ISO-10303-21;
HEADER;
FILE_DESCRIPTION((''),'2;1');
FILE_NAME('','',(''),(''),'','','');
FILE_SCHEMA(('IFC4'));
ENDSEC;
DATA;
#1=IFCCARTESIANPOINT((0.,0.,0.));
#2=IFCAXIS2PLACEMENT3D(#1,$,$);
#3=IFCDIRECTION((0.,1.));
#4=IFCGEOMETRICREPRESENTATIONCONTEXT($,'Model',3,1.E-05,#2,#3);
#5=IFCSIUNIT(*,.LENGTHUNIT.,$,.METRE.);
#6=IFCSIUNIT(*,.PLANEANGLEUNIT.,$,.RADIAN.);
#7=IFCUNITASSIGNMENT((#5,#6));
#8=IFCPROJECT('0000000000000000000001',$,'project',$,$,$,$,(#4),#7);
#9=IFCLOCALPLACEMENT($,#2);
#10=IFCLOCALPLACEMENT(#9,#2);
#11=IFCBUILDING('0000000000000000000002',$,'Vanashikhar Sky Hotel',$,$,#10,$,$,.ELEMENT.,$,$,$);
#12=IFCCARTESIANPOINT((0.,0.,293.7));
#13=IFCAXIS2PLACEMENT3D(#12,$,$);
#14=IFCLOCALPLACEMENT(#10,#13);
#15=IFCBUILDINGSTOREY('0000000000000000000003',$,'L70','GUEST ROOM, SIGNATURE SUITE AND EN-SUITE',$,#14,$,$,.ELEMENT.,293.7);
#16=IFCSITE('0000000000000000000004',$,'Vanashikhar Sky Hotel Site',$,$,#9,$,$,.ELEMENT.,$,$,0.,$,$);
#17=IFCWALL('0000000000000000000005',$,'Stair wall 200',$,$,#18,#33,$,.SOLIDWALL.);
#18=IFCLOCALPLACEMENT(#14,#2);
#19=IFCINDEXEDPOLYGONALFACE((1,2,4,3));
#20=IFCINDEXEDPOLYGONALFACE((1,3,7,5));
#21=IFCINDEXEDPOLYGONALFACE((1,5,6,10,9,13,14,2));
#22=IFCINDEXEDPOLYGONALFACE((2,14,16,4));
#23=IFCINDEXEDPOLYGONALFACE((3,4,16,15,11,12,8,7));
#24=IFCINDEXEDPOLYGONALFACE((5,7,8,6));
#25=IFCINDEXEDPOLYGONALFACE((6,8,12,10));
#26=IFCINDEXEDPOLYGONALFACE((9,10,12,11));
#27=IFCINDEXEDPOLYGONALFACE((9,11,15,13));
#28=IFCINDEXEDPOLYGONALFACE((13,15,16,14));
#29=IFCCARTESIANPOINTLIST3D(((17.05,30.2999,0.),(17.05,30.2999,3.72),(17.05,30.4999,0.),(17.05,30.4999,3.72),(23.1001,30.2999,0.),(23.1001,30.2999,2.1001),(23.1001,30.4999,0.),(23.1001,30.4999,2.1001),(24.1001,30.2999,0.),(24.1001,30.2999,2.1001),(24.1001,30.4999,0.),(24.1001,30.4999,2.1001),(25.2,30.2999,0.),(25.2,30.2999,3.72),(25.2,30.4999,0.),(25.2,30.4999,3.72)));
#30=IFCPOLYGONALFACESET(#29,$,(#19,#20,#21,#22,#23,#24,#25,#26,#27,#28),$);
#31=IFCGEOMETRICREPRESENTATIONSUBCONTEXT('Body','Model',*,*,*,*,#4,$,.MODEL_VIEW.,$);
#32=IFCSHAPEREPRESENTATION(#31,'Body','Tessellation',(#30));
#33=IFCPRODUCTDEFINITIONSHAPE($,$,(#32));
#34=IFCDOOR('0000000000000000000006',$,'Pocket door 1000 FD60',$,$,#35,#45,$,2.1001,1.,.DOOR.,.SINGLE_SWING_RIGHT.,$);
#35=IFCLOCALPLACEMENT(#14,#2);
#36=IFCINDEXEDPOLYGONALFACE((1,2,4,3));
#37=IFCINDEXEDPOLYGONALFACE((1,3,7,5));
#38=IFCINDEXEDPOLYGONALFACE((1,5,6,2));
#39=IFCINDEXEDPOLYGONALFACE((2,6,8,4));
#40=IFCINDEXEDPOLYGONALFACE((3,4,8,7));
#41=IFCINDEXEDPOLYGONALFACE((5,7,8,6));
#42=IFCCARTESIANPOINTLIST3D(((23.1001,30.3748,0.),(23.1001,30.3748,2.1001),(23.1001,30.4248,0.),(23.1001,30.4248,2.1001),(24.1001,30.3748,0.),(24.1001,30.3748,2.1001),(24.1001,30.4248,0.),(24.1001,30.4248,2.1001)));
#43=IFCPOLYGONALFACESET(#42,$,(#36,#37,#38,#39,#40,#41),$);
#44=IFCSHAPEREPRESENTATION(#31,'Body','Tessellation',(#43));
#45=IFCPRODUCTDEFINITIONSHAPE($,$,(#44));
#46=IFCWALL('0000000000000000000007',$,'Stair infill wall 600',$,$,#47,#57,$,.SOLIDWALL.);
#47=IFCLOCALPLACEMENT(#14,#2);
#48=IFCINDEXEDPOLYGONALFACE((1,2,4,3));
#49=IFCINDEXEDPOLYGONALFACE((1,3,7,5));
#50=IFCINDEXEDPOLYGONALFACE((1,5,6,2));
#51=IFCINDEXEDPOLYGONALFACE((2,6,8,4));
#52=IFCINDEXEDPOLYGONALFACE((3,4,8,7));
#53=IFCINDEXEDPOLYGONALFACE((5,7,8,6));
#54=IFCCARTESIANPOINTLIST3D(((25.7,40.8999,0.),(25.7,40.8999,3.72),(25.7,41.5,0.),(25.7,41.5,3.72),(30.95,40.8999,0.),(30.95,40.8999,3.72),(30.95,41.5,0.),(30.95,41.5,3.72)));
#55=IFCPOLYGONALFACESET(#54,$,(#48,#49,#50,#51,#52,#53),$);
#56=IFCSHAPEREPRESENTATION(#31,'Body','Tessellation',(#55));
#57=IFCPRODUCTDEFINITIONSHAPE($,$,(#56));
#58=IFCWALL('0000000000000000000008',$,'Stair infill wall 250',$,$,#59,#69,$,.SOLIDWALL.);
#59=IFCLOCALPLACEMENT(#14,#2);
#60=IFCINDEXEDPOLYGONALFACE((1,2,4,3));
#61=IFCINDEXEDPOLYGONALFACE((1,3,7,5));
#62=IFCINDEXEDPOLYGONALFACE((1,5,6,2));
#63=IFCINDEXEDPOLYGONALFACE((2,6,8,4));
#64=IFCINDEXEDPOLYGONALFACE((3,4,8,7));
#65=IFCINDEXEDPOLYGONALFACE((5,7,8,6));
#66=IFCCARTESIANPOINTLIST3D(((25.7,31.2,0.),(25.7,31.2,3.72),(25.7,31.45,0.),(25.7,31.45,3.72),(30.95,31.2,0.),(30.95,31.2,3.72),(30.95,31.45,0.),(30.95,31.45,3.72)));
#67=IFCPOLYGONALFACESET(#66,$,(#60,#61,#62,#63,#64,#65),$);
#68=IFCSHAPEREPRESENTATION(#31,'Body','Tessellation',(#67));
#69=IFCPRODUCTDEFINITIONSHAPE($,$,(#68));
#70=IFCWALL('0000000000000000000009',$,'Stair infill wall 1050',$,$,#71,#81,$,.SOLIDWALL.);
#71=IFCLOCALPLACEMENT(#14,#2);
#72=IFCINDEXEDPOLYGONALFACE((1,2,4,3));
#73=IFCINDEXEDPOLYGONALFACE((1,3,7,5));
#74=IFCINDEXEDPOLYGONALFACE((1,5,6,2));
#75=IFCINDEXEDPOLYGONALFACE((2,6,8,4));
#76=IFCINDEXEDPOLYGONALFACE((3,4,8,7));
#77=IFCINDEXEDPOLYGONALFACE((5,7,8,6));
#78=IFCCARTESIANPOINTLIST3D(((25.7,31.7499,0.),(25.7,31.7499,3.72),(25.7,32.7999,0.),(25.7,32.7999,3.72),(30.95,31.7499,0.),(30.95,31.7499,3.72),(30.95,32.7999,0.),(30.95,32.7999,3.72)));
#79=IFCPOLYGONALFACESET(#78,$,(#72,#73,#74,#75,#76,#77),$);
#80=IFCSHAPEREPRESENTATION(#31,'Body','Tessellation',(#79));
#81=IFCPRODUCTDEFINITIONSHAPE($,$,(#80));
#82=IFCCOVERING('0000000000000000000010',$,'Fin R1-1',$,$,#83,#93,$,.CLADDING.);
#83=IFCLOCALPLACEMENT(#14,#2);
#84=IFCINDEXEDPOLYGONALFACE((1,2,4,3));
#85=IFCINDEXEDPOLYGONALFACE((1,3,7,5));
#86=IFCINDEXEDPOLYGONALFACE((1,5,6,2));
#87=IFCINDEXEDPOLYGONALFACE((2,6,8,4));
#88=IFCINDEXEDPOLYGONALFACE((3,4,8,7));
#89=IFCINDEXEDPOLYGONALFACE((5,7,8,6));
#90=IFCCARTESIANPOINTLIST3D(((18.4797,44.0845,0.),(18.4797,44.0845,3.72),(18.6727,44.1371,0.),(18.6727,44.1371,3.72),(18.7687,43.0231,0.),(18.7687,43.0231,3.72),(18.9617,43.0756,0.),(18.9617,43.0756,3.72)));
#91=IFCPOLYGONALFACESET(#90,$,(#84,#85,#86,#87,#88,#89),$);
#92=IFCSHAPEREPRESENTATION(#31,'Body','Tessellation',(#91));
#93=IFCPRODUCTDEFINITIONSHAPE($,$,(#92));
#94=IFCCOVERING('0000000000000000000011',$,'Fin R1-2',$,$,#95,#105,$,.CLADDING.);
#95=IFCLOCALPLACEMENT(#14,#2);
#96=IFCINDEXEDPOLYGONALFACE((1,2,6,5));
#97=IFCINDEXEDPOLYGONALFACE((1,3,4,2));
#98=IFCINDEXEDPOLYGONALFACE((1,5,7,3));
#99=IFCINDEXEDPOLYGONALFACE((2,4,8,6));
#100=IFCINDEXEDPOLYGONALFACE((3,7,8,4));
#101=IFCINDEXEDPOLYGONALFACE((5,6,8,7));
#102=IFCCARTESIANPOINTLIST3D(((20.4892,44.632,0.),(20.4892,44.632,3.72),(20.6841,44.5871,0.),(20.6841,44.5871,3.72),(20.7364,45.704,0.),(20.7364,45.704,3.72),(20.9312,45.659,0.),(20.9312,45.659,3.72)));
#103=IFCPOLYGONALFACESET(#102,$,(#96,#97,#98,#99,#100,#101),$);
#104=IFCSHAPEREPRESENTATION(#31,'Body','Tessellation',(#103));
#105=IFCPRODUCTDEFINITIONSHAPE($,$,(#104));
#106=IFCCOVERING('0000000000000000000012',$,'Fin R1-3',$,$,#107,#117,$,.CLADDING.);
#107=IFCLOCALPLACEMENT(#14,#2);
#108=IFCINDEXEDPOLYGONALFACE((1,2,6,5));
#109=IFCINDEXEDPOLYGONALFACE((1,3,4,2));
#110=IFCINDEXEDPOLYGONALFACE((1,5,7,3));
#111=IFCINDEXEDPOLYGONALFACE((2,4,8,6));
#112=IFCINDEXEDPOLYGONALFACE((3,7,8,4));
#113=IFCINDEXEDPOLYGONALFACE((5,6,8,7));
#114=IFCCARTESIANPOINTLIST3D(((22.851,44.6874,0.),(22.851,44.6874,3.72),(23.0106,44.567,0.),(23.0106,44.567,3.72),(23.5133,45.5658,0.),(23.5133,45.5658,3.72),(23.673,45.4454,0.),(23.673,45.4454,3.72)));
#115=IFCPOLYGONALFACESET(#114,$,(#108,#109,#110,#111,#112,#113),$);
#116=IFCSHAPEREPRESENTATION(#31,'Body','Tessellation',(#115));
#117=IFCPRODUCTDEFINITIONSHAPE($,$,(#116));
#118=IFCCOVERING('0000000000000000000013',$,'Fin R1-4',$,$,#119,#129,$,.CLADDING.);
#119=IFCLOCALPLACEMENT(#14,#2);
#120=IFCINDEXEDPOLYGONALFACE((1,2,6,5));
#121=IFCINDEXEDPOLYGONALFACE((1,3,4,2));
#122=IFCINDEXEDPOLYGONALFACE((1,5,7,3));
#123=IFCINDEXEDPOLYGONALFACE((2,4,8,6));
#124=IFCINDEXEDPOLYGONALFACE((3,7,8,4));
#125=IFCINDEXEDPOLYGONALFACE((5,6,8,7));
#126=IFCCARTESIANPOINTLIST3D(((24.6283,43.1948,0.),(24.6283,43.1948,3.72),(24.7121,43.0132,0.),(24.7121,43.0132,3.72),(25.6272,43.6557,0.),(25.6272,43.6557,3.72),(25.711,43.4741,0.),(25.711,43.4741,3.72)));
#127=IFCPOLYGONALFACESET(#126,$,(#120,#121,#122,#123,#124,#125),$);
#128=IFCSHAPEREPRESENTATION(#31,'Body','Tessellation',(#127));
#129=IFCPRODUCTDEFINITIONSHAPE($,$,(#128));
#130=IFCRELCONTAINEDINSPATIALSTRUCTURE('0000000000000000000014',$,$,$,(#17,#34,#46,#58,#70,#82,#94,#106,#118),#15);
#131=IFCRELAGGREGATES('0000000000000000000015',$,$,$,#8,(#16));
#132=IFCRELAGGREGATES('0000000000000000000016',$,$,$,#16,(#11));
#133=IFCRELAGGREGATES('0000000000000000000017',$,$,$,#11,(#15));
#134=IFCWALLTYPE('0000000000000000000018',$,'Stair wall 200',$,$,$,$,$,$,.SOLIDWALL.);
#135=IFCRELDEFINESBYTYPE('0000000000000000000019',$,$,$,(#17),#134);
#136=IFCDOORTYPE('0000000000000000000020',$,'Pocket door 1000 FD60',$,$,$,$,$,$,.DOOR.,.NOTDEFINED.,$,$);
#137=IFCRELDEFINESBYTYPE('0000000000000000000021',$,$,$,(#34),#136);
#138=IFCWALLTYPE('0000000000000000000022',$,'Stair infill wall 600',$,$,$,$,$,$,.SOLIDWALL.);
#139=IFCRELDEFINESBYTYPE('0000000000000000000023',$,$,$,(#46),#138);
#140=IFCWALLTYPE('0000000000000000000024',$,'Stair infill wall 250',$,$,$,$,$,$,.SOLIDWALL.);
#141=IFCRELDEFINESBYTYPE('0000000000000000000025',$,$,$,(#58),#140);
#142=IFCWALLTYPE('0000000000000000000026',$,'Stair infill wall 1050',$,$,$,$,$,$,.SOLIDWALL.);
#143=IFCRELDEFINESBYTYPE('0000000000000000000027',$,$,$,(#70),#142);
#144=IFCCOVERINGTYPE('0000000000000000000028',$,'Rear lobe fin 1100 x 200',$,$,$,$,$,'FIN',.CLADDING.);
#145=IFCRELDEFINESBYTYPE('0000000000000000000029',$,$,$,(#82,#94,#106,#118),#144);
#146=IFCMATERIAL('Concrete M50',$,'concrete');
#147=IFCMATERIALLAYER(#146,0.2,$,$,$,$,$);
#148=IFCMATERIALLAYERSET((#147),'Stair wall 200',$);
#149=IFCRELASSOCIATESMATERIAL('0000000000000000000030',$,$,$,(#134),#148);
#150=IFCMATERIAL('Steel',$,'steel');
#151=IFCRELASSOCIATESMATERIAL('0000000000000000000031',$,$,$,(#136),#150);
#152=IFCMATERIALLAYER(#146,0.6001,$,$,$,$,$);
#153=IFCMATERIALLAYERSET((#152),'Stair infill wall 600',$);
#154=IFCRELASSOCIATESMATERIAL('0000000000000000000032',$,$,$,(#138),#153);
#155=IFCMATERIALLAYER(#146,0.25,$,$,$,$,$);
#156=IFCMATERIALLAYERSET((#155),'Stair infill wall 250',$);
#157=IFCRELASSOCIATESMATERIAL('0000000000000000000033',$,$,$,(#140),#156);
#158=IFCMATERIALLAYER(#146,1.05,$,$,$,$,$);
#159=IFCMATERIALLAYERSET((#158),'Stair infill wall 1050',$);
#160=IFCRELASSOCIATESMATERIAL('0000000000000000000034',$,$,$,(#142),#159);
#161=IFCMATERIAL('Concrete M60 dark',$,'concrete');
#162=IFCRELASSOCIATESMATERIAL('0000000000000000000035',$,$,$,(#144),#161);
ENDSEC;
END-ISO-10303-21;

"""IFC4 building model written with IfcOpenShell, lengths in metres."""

from ifc_helpers import new_model, si_unit, direction, frame, frame_2d, origin, origin_2d, place, context, subcontext, project, spatial, rectangle, extrude, source, transform, mapped, material, layer, layer_set, material_profile, profile_set, type_object, element, fill, save


model = new_model("IFC4")

# Units and contexts
model_context = context("Model", 3, precision=1e-05, world=origin(), true_north=direction((0.0, 1.0)))
body_context = subcontext(model_context, "Body", "Model", "MODEL_VIEW")
ifc_project = project(units=[si_unit("LENGTHUNIT", "METRE"), si_unit("PLANEANGLEUNIT", "RADIAN")], contexts=[model_context])

# Site, building, storey
site_placement = place(None, origin())
site = spatial("IfcSite", under=ifc_project, at=site_placement, Name="Vanashikhar Sky Hotel Site", CompositionType="ELEMENT", RefElevation=0.0)
building_placement = place(site_placement, origin())
building = spatial("IfcBuilding", under=site, at=building_placement, Name="Vanashikhar Sky Hotel", CompositionType="ELEMENT")
storey_placement = place(building_placement, frame((0.0, 0.0, 293.7)))
storey = spatial("IfcBuildingStorey", under=building, at=storey_placement, Name="L70", Description="GUEST ROOM, SIGNATURE SUITE AND EN-SUITE", CompositionType="ELEMENT", Elevation=293.7)

# Shared definitions
ifc_material_1 = material(Name="Concrete M50", Category="concrete")

# Wall, opening, door
ifc_layer_1 = layer(ifc_material_1, 0.2)
ifc_layer_set_1 = layer_set([ifc_layer_1], Name="Stair wall 200")
wall_type_1 = type_object("IfcWallType", Name="Stair wall 200", PredefinedType="SOLIDWALL", material=ifc_layer_set_1)
shared_shape_1 = source(origin(), body_context, "Body", "SweptSolid", [
    extrude(rectangle(XDim=8.1499, YDim=0.2, at=frame_2d((4.075, 0.0))), origin(), (0.0, 0.0, 1.0), 3.72),
])
wall_1_placement = place(storey_placement, frame((17.05, 30.3999, 0.0), z_axis=(0.0, 0.0, 1.0), x_axis=(1.0, 0.0, 0.0)))
wall_1 = element("IfcWall", 1, at=wall_1_placement, inside=storey, type_object=wall_type_1, Name="Stair wall 200", PredefinedType="SOLIDWALL", context=body_context, shape_type="MappedRepresentation", body=[
    mapped(shared_shape_1, transform((0.0, 0.0, 0.0), scale=1.0)),
])
shared_shape_2 = source(origin(), body_context, "Body", "SweptSolid", [
    extrude(rectangle(XDim=1.0, YDim=2.1001, at=frame_2d((0.5, 1.05))), frame((0.0, 0.1099, 0.0), z_axis=(0.0, -1.0, 0.0), x_axis=(1.0, 0.0, 0.0)), (0.0, 0.0, 1.0), 0.22),
])
opening_1_placement = place(wall_1_placement, frame((6.05, 0.0, 0.0)))
opening_1 = element("IfcOpeningElement", 2, at=opening_1_placement, cuts=wall_1, PredefinedType="OPENING", context=body_context, shape_type="MappedRepresentation", body=[
    mapped(shared_shape_2, transform((0.0, 0.0, 0.0), scale=1.0)),
])
ifc_material_2 = material(Name="Steel", Category="steel")
door_type_1 = type_object("IfcDoorType", Name="Pocket door 1000 FD60", OperationType="NOTDEFINED", PredefinedType="DOOR", material=ifc_material_2)
shared_shape_3 = source(origin(), body_context, "Body", "SweptSolid", [
    extrude(rectangle(XDim=1.0, YDim=2.1001, at=frame_2d((0.5, 1.05))), frame((0.0, 0.0249, 0.0), z_axis=(0.0, -1.0, 0.0), x_axis=(1.0, 0.0, 0.0)), (0.0, 0.0, 1.0), 0.05),
])
door_1_placement = place(opening_1_placement, origin())
door_1 = element("IfcDoor", 3, at=door_1_placement, inside=storey, type_object=door_type_1, Name="Pocket door 1000 FD60", OperationType="SINGLE_SWING_RIGHT", OverallHeight=2.1001, OverallWidth=1.0, PredefinedType="DOOR", context=body_context, shape_type="MappedRepresentation", body=[
    mapped(shared_shape_3, transform((0.0, 0.0, 0.0), scale=1.0)),
])
fill(opening_1, door_1)

# Walls
ifc_layer_2 = layer(ifc_material_1, 0.6001)
ifc_layer_set_2 = layer_set([ifc_layer_2], Name="Stair infill wall 600")
wall_type_2 = type_object("IfcWallType", Name="Stair infill wall 600", PredefinedType="SOLIDWALL", material=ifc_layer_set_2)
shared_shape_4 = source(origin(), body_context, "Body", "SweptSolid", [
    extrude(rectangle(XDim=5.25, YDim=0.6001, at=frame_2d((2.625, 0.0))), origin(), (0.0, 0.0, 1.0), 3.72),
])
wall_2_placement = place(storey_placement, frame((25.7, 41.2, 0.0), z_axis=(0.0, 0.0, 1.0), x_axis=(1.0, 0.0, 0.0)))
element("IfcWall", 4, at=wall_2_placement, inside=storey, type_object=wall_type_2, Name="Stair infill wall 600", PredefinedType="SOLIDWALL", context=body_context, shape_type="MappedRepresentation", body=[
    mapped(shared_shape_4, transform((0.0, 0.0, 0.0), scale=1.0)),
])
ifc_layer_3 = layer(ifc_material_1, 0.25)
ifc_layer_set_3 = layer_set([ifc_layer_3], Name="Stair infill wall 250")
wall_type_3 = type_object("IfcWallType", Name="Stair infill wall 250", PredefinedType="SOLIDWALL", material=ifc_layer_set_3)
shared_shape_5 = source(origin(), body_context, "Body", "SweptSolid", [
    extrude(rectangle(XDim=5.25, YDim=0.25, at=frame_2d((2.625, 0.0))), origin(), (0.0, 0.0, 1.0), 3.72),
])
wall_3_placement = place(storey_placement, frame((25.7, 31.325, 0.0), z_axis=(0.0, 0.0, 1.0), x_axis=(1.0, 0.0, 0.0)))
element("IfcWall", 5, at=wall_3_placement, inside=storey, type_object=wall_type_3, Name="Stair infill wall 250", PredefinedType="SOLIDWALL", context=body_context, shape_type="MappedRepresentation", body=[
    mapped(shared_shape_5, transform((0.0, 0.0, 0.0), scale=1.0)),
])
ifc_layer_4 = layer(ifc_material_1, 1.05)
ifc_layer_set_4 = layer_set([ifc_layer_4], Name="Stair infill wall 1050")
wall_type_4 = type_object("IfcWallType", Name="Stair infill wall 1050", PredefinedType="SOLIDWALL", material=ifc_layer_set_4)
shared_shape_6 = source(origin(), body_context, "Body", "SweptSolid", [
    extrude(rectangle(XDim=5.25, YDim=1.05, at=frame_2d((2.625, 0.0))), origin(), (0.0, 0.0, 1.0), 3.72),
])
wall_4_placement = place(storey_placement, frame((25.7, 32.2749, 0.0), z_axis=(0.0, 0.0, 1.0), x_axis=(1.0, 0.0, 0.0)))
element("IfcWall", 6, at=wall_4_placement, inside=storey, type_object=wall_type_4, Name="Stair infill wall 1050", PredefinedType="SOLIDWALL", context=body_context, shape_type="MappedRepresentation", body=[
    mapped(shared_shape_6, transform((0.0, 0.0, 0.0), scale=1.0)),
])

# Coverings
ifc_material_3 = material(Name="Concrete M60 dark", Category="concrete")
ifc_material_profile = material_profile(ifc_material_3, rectangle(XDim=1.1001, YDim=0.2, at=origin_2d()))
ifc_profile_set = profile_set([ifc_material_profile], Name="Rear lobe fin 1100 x 200")
covering_type = type_object("IfcCoveringType", Name="Rear lobe fin 1100 x 200", ElementType="FIN", PredefinedType="CLADDING", material=ifc_profile_set)
shared_shape_7 = source(origin(), body_context, "Body", "SweptSolid", [
    extrude(rectangle(XDim=1.1001, YDim=0.2, at=origin_2d()), origin(), (0.0, 0.0, 1.0), 3.72),
])
for number, where, z_axis, x_axis, name in (
    (7, (18.7207, 43.5801, 0.0), (0.0, 0.0, 1.0), (-0.262711, 0.964874, 0.0), "Fin R1-1"),
    (8, (20.7102, 45.1455, 0.0), (0.0, 0.0, 1.0), (0.224645, 0.974441, 0.0), "Fin R1-2"),
    (9, (23.262, 45.0664, 0.0), (0.0, 0.0, 1.0), (0.602066, 0.798446, 0.0), "Fin R1-3"),
    (10, (25.1697, 43.3345, 0.0), (0.0, 0.0, 1.0), (0.908004, 0.418961, 0.0), "Fin R1-4"),
):
    element("IfcCovering", number, at=place(storey_placement, frame(where, z_axis=z_axis, x_axis=x_axis)), inside=storey, type_object=covering_type, Name=name, PredefinedType="CLADDING", context=body_context, shape_type="MappedRepresentation", body=[
        mapped(shared_shape_7, transform((0.0, 0.0, 0.0), scale=1.0)),
    ])

save(model, "model.ifc")
